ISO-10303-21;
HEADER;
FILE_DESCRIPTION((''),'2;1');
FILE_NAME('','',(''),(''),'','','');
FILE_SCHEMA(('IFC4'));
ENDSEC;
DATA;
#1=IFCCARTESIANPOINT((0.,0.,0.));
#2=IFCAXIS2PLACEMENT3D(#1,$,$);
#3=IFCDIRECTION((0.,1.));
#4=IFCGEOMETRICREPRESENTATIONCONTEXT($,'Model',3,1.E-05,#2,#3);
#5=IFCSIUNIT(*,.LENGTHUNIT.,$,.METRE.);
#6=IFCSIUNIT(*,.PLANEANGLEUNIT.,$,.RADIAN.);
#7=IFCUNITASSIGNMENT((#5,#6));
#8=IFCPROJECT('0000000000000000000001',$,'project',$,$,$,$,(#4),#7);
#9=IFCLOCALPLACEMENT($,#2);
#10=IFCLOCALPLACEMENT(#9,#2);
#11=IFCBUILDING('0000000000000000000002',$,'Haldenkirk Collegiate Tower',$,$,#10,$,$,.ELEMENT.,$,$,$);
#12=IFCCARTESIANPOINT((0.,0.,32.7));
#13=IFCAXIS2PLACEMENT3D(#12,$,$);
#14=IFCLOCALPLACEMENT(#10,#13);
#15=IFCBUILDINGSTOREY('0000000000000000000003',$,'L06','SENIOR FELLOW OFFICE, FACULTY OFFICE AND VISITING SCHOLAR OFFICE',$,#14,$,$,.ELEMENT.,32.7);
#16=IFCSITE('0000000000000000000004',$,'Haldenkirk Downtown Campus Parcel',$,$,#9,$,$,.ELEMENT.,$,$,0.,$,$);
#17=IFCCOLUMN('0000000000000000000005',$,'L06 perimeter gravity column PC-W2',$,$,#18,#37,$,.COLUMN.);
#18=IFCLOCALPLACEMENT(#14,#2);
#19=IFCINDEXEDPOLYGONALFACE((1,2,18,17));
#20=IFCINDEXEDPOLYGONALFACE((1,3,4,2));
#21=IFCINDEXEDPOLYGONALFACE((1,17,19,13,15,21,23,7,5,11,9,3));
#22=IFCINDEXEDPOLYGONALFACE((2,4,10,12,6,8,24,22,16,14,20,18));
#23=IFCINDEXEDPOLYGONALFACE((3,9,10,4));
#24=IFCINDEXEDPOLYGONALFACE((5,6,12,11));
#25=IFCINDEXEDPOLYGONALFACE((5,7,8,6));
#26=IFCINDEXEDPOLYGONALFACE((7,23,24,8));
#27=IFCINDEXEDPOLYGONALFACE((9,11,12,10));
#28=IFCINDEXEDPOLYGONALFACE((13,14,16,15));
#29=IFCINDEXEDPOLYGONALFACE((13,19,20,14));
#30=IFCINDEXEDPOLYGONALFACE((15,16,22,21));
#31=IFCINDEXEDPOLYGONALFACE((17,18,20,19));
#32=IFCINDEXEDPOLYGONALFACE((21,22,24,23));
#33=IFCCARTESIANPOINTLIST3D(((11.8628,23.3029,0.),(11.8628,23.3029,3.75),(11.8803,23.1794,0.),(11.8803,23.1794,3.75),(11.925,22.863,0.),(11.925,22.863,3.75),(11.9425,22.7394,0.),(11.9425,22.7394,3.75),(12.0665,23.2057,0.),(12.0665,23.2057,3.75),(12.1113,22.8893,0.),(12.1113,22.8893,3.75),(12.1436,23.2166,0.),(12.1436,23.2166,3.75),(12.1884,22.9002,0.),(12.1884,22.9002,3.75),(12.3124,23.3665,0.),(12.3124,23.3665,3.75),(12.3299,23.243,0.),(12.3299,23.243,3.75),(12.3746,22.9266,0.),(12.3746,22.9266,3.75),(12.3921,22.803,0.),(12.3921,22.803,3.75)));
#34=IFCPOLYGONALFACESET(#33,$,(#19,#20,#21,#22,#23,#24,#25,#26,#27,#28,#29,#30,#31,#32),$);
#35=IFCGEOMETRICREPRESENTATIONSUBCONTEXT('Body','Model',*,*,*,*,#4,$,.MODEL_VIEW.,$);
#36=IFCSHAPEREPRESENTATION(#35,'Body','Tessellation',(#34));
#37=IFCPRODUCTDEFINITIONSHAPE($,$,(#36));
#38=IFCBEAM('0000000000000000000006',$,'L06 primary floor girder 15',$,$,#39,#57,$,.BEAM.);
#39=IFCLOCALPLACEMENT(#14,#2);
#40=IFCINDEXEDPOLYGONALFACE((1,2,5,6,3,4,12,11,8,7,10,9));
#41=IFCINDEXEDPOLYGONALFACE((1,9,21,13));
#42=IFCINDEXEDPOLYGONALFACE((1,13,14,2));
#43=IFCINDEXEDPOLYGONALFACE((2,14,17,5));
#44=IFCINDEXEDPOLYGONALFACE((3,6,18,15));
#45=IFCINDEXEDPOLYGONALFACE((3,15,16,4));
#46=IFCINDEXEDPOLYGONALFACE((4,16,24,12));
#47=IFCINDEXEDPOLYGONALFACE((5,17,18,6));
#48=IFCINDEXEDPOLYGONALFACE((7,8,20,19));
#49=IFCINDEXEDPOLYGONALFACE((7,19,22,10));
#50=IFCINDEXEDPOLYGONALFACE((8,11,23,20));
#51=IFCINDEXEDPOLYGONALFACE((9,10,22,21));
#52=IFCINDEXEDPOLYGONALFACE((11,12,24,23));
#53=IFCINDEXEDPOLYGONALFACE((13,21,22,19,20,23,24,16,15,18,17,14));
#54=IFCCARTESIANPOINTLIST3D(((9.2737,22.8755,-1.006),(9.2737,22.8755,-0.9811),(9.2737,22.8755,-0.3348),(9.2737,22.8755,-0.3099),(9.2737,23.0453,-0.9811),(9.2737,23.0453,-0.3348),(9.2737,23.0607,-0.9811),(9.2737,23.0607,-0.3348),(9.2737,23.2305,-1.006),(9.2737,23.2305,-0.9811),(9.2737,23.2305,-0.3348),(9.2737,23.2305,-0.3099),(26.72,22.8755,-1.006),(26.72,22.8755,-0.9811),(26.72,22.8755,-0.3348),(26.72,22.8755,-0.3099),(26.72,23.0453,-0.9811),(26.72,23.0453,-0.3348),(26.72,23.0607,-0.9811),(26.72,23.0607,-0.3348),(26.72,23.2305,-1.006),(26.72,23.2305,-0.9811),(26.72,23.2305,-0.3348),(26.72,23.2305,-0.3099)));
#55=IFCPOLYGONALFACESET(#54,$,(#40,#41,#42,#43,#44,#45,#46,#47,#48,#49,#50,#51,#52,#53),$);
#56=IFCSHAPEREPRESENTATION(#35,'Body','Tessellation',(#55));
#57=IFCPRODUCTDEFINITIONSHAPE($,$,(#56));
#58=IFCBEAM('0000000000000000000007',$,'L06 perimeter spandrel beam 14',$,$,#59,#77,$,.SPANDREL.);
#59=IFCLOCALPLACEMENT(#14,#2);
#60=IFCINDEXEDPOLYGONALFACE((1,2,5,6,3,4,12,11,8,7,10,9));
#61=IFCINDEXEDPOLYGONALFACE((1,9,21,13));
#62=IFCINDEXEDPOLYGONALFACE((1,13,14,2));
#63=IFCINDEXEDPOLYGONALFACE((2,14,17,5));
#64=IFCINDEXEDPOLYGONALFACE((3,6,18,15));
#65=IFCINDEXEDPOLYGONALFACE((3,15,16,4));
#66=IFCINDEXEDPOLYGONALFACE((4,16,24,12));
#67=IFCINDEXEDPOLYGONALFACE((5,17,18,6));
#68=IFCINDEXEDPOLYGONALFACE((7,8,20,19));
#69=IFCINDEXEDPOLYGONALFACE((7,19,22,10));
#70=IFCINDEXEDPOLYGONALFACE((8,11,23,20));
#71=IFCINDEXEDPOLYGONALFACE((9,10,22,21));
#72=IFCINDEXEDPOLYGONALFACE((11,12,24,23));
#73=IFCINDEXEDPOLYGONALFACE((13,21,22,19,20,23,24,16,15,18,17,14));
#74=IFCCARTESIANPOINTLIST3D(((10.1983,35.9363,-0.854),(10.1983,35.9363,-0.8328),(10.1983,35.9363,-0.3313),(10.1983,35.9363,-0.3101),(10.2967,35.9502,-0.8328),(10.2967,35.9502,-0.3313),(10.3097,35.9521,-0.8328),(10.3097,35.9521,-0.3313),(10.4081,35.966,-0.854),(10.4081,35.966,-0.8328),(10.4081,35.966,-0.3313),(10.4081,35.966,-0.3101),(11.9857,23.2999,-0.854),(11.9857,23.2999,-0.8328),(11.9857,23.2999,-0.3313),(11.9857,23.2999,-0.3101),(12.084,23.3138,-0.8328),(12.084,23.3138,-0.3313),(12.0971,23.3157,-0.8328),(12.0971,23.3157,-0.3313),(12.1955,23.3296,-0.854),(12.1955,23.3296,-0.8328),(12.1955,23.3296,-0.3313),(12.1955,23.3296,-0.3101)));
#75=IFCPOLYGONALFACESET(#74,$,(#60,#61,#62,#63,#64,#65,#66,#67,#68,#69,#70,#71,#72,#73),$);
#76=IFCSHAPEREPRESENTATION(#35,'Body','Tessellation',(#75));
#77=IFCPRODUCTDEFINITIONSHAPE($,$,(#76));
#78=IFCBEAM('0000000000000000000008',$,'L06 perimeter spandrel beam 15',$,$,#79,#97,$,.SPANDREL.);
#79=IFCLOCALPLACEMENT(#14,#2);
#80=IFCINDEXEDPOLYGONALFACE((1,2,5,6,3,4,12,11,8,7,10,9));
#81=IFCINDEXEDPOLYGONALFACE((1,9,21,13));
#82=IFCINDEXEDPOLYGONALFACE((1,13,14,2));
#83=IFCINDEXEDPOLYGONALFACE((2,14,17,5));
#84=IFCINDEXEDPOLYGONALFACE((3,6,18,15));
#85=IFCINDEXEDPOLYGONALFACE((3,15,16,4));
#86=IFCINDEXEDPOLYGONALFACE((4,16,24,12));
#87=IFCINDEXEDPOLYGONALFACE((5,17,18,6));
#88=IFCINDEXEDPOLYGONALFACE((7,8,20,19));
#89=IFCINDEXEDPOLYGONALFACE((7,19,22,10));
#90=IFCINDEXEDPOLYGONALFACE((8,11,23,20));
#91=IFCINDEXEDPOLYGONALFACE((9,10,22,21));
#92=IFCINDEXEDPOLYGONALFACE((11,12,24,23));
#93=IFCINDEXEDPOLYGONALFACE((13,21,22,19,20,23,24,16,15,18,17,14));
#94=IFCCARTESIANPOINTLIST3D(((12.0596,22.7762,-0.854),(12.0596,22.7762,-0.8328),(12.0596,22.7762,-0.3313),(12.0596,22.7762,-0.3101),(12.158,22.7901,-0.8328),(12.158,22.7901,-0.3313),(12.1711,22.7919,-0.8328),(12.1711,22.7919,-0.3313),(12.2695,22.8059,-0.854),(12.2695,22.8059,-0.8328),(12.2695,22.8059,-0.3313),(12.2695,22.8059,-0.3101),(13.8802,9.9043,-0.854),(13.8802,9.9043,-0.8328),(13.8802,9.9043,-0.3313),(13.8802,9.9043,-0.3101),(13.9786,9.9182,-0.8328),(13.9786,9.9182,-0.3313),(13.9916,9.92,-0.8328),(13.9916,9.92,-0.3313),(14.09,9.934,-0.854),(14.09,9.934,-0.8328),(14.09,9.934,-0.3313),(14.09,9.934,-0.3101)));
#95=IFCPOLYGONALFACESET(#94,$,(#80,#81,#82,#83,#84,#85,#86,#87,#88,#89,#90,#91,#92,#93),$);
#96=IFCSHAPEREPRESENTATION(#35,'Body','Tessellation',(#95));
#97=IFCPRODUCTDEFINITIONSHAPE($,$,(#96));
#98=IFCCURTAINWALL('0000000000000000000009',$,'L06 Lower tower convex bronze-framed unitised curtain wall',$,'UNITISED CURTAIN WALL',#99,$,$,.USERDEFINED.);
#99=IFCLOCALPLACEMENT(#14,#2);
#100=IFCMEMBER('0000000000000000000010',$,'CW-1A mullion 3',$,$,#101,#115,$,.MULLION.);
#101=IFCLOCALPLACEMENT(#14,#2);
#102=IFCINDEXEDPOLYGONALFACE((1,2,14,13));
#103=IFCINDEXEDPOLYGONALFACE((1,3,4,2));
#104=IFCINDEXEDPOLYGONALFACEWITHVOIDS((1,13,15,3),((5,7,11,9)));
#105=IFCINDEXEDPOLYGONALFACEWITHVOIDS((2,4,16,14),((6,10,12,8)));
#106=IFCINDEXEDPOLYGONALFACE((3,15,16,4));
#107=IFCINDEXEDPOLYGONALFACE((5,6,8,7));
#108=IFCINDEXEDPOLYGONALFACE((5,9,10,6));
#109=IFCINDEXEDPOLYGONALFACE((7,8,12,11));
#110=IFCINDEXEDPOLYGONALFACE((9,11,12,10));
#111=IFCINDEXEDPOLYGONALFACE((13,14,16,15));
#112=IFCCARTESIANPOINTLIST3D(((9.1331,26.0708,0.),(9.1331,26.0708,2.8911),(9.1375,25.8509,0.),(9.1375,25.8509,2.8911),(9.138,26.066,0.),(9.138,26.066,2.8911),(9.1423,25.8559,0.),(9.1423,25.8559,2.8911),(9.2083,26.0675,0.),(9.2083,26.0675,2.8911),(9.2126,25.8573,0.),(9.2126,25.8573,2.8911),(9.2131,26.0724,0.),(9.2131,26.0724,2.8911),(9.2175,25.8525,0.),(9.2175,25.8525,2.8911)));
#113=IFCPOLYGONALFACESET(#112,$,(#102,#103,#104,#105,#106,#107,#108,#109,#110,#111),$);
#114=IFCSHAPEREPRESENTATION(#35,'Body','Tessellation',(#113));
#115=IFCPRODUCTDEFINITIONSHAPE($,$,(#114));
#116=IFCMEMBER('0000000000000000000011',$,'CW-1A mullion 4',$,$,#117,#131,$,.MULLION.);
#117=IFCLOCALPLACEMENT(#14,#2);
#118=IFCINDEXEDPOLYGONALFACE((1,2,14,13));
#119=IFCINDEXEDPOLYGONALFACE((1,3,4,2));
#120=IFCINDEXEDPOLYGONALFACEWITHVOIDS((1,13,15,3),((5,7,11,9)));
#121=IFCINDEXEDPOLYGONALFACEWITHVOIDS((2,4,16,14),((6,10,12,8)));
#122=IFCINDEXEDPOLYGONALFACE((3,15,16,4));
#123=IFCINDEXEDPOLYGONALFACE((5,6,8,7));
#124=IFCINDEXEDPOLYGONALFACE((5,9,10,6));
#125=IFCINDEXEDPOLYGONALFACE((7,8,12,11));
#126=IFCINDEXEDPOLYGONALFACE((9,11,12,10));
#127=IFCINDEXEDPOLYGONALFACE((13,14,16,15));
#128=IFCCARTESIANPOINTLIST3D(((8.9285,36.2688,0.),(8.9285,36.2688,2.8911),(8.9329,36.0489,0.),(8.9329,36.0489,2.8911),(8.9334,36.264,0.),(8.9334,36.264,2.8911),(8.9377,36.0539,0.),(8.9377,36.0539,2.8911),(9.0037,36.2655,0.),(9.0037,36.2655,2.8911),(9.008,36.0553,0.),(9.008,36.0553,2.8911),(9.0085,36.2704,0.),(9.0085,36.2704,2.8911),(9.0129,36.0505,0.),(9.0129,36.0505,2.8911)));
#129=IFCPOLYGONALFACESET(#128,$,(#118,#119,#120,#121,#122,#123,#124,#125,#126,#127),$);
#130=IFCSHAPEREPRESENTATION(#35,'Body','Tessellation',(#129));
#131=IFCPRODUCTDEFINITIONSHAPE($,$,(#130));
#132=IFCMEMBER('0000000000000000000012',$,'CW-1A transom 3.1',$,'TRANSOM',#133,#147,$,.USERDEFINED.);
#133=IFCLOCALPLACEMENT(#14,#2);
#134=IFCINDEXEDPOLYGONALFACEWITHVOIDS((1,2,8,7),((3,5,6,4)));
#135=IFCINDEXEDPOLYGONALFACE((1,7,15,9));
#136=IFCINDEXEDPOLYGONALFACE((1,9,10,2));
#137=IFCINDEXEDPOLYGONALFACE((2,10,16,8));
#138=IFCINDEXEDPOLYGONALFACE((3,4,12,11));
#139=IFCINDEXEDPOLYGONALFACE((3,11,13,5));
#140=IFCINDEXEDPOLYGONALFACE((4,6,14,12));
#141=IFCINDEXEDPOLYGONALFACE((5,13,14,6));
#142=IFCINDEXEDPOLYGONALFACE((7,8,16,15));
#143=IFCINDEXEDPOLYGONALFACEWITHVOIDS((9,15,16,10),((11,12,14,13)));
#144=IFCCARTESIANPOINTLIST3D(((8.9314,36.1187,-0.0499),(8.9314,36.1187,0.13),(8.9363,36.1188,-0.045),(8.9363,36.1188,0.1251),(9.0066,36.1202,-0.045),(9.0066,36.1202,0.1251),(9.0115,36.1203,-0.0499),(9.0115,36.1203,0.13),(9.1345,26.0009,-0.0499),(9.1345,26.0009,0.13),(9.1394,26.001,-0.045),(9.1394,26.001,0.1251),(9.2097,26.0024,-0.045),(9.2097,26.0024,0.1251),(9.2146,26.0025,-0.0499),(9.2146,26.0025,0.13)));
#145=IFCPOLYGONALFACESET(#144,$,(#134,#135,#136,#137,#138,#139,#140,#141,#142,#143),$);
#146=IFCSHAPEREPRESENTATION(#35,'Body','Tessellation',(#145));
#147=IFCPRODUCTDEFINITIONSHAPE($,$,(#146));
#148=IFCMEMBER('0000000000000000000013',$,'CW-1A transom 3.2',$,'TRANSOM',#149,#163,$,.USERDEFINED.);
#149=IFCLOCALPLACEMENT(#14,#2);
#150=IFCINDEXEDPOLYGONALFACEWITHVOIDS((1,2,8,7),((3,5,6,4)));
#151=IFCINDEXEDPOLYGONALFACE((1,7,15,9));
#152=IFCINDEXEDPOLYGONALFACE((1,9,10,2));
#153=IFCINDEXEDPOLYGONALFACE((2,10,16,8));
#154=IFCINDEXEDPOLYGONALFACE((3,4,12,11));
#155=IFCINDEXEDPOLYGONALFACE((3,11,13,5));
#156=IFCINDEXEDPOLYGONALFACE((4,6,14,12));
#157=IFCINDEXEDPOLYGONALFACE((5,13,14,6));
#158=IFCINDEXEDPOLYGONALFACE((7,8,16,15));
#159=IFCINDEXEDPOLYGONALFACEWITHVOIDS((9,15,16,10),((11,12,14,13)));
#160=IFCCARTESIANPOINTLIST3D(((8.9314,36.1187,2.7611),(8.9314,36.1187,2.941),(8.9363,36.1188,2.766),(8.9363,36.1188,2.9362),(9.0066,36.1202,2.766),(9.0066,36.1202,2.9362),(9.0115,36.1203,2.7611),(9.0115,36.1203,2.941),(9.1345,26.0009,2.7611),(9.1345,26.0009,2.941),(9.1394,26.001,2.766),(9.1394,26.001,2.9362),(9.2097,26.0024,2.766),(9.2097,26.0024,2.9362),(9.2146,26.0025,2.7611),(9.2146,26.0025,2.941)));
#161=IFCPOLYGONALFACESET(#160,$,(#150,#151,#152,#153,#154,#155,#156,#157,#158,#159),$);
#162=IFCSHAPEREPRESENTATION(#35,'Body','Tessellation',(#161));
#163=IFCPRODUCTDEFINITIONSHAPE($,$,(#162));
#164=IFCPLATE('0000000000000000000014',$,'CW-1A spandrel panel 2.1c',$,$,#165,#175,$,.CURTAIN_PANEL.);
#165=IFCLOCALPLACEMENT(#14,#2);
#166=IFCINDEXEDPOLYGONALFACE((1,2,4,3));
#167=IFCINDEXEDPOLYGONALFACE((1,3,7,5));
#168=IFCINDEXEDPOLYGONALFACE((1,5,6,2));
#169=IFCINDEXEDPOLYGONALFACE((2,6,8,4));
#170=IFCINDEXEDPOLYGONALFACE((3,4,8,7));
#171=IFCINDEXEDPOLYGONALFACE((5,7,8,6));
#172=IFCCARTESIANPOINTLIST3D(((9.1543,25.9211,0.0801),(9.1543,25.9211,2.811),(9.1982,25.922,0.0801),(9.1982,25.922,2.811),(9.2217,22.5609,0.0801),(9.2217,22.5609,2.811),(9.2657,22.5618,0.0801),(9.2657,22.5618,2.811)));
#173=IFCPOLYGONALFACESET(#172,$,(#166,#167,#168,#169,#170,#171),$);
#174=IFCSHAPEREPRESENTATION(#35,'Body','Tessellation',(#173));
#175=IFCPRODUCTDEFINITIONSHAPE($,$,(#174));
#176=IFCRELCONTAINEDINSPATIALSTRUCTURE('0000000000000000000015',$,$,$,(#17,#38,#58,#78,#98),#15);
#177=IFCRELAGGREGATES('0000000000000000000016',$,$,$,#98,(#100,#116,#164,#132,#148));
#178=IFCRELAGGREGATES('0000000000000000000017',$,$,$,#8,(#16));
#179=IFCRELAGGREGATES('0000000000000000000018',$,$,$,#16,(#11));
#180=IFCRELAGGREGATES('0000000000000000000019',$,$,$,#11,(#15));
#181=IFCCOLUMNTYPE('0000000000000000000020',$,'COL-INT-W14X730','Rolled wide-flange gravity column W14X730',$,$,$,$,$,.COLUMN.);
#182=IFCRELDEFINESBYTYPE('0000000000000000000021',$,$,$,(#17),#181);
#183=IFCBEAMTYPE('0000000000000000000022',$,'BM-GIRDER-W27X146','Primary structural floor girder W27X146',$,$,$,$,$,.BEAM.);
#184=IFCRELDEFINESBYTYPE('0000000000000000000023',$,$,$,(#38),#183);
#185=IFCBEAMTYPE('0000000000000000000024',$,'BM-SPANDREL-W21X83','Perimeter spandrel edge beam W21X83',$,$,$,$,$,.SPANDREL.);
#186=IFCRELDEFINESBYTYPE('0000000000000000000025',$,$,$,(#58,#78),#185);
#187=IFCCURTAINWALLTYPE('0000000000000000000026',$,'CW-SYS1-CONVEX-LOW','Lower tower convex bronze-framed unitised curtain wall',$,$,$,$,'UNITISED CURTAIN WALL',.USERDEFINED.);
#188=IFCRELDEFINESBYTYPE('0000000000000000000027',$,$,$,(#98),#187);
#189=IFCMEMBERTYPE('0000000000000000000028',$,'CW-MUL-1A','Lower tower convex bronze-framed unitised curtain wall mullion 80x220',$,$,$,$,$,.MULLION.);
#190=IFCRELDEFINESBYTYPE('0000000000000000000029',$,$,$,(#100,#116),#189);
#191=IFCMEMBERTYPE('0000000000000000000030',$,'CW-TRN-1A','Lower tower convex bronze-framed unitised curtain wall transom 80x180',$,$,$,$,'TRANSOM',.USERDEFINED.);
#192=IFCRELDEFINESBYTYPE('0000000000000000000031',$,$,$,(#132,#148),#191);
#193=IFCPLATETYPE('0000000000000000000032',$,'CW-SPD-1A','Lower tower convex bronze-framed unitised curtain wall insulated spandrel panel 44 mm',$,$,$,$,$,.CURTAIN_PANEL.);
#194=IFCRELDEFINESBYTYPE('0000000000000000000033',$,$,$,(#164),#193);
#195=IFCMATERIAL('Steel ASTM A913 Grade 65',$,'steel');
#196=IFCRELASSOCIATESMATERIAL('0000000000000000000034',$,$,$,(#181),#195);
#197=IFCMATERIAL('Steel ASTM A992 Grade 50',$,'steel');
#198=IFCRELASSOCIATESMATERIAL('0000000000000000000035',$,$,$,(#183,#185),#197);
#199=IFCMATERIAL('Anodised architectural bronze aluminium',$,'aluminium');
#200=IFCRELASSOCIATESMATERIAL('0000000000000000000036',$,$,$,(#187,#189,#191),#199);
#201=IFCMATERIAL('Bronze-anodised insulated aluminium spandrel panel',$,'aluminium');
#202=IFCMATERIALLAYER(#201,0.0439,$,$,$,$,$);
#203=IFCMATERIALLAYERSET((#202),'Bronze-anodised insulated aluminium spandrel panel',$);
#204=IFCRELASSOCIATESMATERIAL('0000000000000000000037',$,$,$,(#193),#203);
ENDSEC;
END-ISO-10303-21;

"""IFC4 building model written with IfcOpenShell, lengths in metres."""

from ifc_helpers import new_model, si_unit, direction, frame, origin, origin_2d, place, context, subcontext, project, spatial, rectangle, hollow_rectangle, i_section, extrude, source, transform, mapped, material, layer, layer_set, material_profile, profile_set, type_object, element, aggregate, save


model = new_model("IFC4")

# Units and contexts
model_context = context("Model", 3, precision=1e-05, world=origin(), true_north=direction((0.0, 1.0)))
body_context = subcontext(model_context, "Body", "Model", "MODEL_VIEW")
ifc_project = project(units=[si_unit("LENGTHUNIT", "METRE"), si_unit("PLANEANGLEUNIT", "RADIAN")], contexts=[model_context])

# Site, building, storey
site_placement = place(None, origin())
site = spatial("IfcSite", under=ifc_project, at=site_placement, Name="Haldenkirk Downtown Campus Parcel", CompositionType="ELEMENT", RefElevation=0.0)
building_placement = place(site_placement, origin())
building = spatial("IfcBuilding", under=site, at=building_placement, Name="Haldenkirk Collegiate Tower", CompositionType="ELEMENT")
storey_placement = place(building_placement, frame((0.0, 0.0, 32.7)))
storey = spatial("IfcBuildingStorey", under=building, at=storey_placement, Name="L06", Description="SENIOR FELLOW OFFICE, FACULTY OFFICE AND VISITING SCHOLAR OFFICE", CompositionType="ELEMENT", Elevation=32.7)

# Column
ifc_material_1 = material(Name="Steel ASTM A913 Grade 65", Category="steel")
ifc_material_profile_1 = material_profile(ifc_material_1, i_section(OverallWidth=0.4541, OverallDepth=0.5691, WebThickness=0.0779, FlangeThickness=0.1248, at=origin_2d()), Name="W14X730")
ifc_profile_set_1 = profile_set([ifc_material_profile_1], Name="Steel ASTM A913 Grade 65")
column_type = type_object("IfcColumnType", Name="COL-INT-W14X730", Description="Rolled wide-flange gravity column W14X730", PredefinedType="COLUMN", material=ifc_profile_set_1)
column_placement = place(storey_placement, frame((12.1274, 23.053, 0.0), z_axis=(0.0, 0.0, 1.0), x_axis=(0.990146, 0.140037, 0.0)))
element("IfcColumn", 1, at=column_placement, inside=storey, type_object=column_type, Name="L06 perimeter gravity column PC-W2", PredefinedType="COLUMN", context=body_context, shape_type="SweptSolid", body=[
    extrude(i_section(OverallWidth=0.4541, OverallDepth=0.5691, WebThickness=0.0779, FlangeThickness=0.1248, at=origin_2d()), origin(), (0.0, 0.0, 1.0), 3.75),
])

# Beams
ifc_material_2 = material(Name="Steel ASTM A992 Grade 50", Category="steel")
ifc_material_profile_2 = material_profile(ifc_material_2, i_section(OverallWidth=0.355, OverallDepth=0.696, WebThickness=0.0154, FlangeThickness=0.0249, at=origin_2d()), Name="W27X146")
ifc_profile_set_2 = profile_set([ifc_material_profile_2], Name="Steel ASTM A992 Grade 50")
beam_type_1 = type_object("IfcBeamType", Name="BM-GIRDER-W27X146", Description="Primary structural floor girder W27X146", PredefinedType="BEAM", material=ifc_profile_set_2)
beam_1_placement = place(storey_placement, frame((9.2737, 23.053, -0.658), z_axis=(1.0, 0.0, 0.0), x_axis=(0.0, 1.0, 0.0)))
element("IfcBeam", 2, at=beam_1_placement, inside=storey, type_object=beam_type_1, Name="L06 primary floor girder 15", PredefinedType="BEAM", context=body_context, shape_type="SweptSolid", body=[
    extrude(i_section(OverallWidth=0.355, OverallDepth=0.696, WebThickness=0.0154, FlangeThickness=0.0249, at=origin_2d()), origin(), (0.0, 0.0, 1.0), 17.4463),
])
ifc_material_profile_3 = material_profile(ifc_material_2, i_section(OverallWidth=0.2119, OverallDepth=0.5439, WebThickness=0.0132, FlangeThickness=0.0212, at=origin_2d()), Name="W21X83")
ifc_profile_set_3 = profile_set([ifc_material_profile_3], Name="Steel ASTM A992 Grade 50")
beam_type_2 = type_object("IfcBeamType", Name="BM-SPANDREL-W21X83", Description="Perimeter spandrel edge beam W21X83", PredefinedType="SPANDREL", material=ifc_profile_set_3)
beam_2_placement = place(storey_placement, frame((10.3032, 35.9512, -0.582), z_axis=(0.14005, -0.990144, 0.0), x_axis=(0.990144, 0.14005, 0.0)))
element("IfcBeam", 3, at=beam_2_placement, inside=storey, type_object=beam_type_2, Name="L06 perimeter spandrel beam 14", PredefinedType="SPANDREL", context=body_context, shape_type="SweptSolid", body=[
    extrude(i_section(OverallWidth=0.2119, OverallDepth=0.5439, WebThickness=0.0132, FlangeThickness=0.0212, at=origin_2d()), origin(), (0.0, 0.0, 1.0), 12.7622),
])
beam_3_placement = place(storey_placement, frame((12.1646, 22.791, -0.582), z_axis=(0.140044, -0.990145, 0.0), x_axis=(0.990145, 0.140044, 0.0)))
element("IfcBeam", 4, at=beam_3_placement, inside=storey, type_object=beam_type_2, Name="L06 perimeter spandrel beam 15", PredefinedType="SPANDREL", context=body_context, shape_type="SweptSolid", body=[
    extrude(i_section(OverallWidth=0.2119, OverallDepth=0.5439, WebThickness=0.0132, FlangeThickness=0.0212, at=origin_2d()), origin(), (0.0, 0.0, 1.0), 13.0),
])

# Curtain wall, members, plate
ifc_material_3 = material(Name="Anodised architectural bronze aluminium", Category="aluminium")
curtain_wall_type = type_object("IfcCurtainWallType", Name="CW-SYS1-CONVEX-LOW", Description="Lower tower convex bronze-framed unitised curtain wall", ElementType="UNITISED CURTAIN WALL", PredefinedType="USERDEFINED", material=ifc_material_3)
curtain_wall_placement = place(storey_placement, origin())
curtain_wall = element("IfcCurtainWall", 5, at=curtain_wall_placement, inside=storey, type_object=curtain_wall_type, Name="L06 Lower tower convex bronze-framed unitised curtain wall", ObjectType="UNITISED CURTAIN WALL", PredefinedType="USERDEFINED")
ifc_material_profile_4 = material_profile(ifc_material_3, hollow_rectangle(XDim=0.0801, YDim=0.22, WallThickness=0.0049, at=origin_2d()), Name="CW-MUL-1A")
ifc_profile_set_4 = profile_set([ifc_material_profile_4], Name="Anodised architectural bronze aluminium")
member_type_1 = type_object("IfcMemberType", Name="CW-MUL-1A", Description="Lower tower convex bronze-framed unitised curtain wall mullion 80x220", PredefinedType="MULLION", material=ifc_profile_set_4)
member_1_placement = place(storey_placement, frame((9.1753, 25.9617, 0.0), z_axis=(0.0, 0.0, 1.0), x_axis=(-0.999799, -0.020069, 0.0)))
member_1 = element("IfcMember", 6, at=member_1_placement, type_object=member_type_1, Name="CW-1A mullion 3", PredefinedType="MULLION", context=body_context, shape_type="SweptSolid", body=[
    extrude(hollow_rectangle(XDim=0.0801, YDim=0.22, WallThickness=0.0049, at=origin_2d()), origin(), (0.0, 0.0, 1.0), 2.8911),
])
member_2_placement = place(storey_placement, frame((8.9707, 36.1597, 0.0), z_axis=(0.0, 0.0, 1.0), x_axis=(-0.999799, -0.020069, 0.0)))
member_2 = element("IfcMember", 7, at=member_2_placement, type_object=member_type_1, Name="CW-1A mullion 4", PredefinedType="MULLION", context=body_context, shape_type="SweptSolid", body=[
    extrude(hollow_rectangle(XDim=0.0801, YDim=0.22, WallThickness=0.0049, at=origin_2d()), origin(), (0.0, 0.0, 1.0), 2.8911),
])
ifc_material_profile_5 = material_profile(ifc_material_3, hollow_rectangle(XDim=0.0801, YDim=0.1799, WallThickness=0.0049, at=origin_2d()), Name="CW-TRN-1A")
ifc_profile_set_5 = profile_set([ifc_material_profile_5], Name="Anodised architectural bronze aluminium")
member_type_2 = type_object("IfcMemberType", Name="CW-TRN-1A", Description="Lower tower convex bronze-framed unitised curtain wall transom 80x180", ElementType="TRANSOM", PredefinedType="USERDEFINED", material=ifc_profile_set_5)
member_3_placement = place(storey_placement, frame((9.1746, 26.0017, 0.04), z_axis=(-0.020072, 0.999799, 0.0), x_axis=(-0.999799, -0.020072, 0.0)))
member_3 = element("IfcMember", 8, at=member_3_placement, type_object=member_type_2, Name="CW-1A transom 3.1", ObjectType="TRANSOM", PredefinedType="USERDEFINED", context=body_context, shape_type="SweptSolid", body=[
    extrude(hollow_rectangle(XDim=0.0801, YDim=0.1799, WallThickness=0.0049, at=origin_2d()), origin(), (0.0, 0.0, 1.0), 10.1199),
])
member_4_placement = place(storey_placement, frame((9.1746, 26.0017, 2.8511), z_axis=(-0.020072, 0.999799, 0.0), x_axis=(-0.999799, -0.020072, 0.0)))
member_4 = element("IfcMember", 9, at=member_4_placement, type_object=member_type_2, Name="CW-1A transom 3.2", ObjectType="TRANSOM", PredefinedType="USERDEFINED", context=body_context, shape_type="SweptSolid", body=[
    extrude(hollow_rectangle(XDim=0.0801, YDim=0.1799, WallThickness=0.0049, at=origin_2d()), origin(), (0.0, 0.0, 1.0), 10.1199),
])
ifc_material_4 = material(Name="Bronze-anodised insulated aluminium spandrel panel", Category="aluminium")
ifc_layer_1 = layer(ifc_material_4, 0.0439)
ifc_layer_set_1 = layer_set([ifc_layer_1], Name="Bronze-anodised insulated aluminium spandrel panel")
plate_type_1 = type_object("IfcPlateType", Name="CW-SPD-1A", Description="Lower tower convex bronze-framed unitised curtain wall insulated spandrel panel 44 mm", PredefinedType="CURTAIN_PANEL", material=ifc_layer_set_1)
shared_shape_1 = source(origin(), body_context, "Body", "SweptSolid", [
    extrude(rectangle(XDim=3.3608, YDim=0.0439, at=origin_2d()), origin(), (0.0, 0.0, 1.0), 2.731),
])
plate_1_placement = place(storey_placement, frame((9.21, 24.2415, 0.0801), z_axis=(0.0, 0.0, 1.0), x_axis=(-0.020069, 0.999799, 0.0)))
plate_1 = element("IfcPlate", 10, at=plate_1_placement, type_object=plate_type_1, Name="CW-1A spandrel panel 2.1c", PredefinedType="CURTAIN_PANEL", context=body_context, shape_type="MappedRepresentation", body=[
    mapped(shared_shape_1, transform((0.0, 0.0, 0.0), x_axis=(1.0, 0.0, 0.0), y_axis=(0.0, 1.0, 0.0), z_axis=(0.0, 0.0, 1.0), scale=1.0)),
])
aggregate(curtain_wall, [member_1, member_2, plate_1, member_3, member_4])

save(model, "model.ifc")
